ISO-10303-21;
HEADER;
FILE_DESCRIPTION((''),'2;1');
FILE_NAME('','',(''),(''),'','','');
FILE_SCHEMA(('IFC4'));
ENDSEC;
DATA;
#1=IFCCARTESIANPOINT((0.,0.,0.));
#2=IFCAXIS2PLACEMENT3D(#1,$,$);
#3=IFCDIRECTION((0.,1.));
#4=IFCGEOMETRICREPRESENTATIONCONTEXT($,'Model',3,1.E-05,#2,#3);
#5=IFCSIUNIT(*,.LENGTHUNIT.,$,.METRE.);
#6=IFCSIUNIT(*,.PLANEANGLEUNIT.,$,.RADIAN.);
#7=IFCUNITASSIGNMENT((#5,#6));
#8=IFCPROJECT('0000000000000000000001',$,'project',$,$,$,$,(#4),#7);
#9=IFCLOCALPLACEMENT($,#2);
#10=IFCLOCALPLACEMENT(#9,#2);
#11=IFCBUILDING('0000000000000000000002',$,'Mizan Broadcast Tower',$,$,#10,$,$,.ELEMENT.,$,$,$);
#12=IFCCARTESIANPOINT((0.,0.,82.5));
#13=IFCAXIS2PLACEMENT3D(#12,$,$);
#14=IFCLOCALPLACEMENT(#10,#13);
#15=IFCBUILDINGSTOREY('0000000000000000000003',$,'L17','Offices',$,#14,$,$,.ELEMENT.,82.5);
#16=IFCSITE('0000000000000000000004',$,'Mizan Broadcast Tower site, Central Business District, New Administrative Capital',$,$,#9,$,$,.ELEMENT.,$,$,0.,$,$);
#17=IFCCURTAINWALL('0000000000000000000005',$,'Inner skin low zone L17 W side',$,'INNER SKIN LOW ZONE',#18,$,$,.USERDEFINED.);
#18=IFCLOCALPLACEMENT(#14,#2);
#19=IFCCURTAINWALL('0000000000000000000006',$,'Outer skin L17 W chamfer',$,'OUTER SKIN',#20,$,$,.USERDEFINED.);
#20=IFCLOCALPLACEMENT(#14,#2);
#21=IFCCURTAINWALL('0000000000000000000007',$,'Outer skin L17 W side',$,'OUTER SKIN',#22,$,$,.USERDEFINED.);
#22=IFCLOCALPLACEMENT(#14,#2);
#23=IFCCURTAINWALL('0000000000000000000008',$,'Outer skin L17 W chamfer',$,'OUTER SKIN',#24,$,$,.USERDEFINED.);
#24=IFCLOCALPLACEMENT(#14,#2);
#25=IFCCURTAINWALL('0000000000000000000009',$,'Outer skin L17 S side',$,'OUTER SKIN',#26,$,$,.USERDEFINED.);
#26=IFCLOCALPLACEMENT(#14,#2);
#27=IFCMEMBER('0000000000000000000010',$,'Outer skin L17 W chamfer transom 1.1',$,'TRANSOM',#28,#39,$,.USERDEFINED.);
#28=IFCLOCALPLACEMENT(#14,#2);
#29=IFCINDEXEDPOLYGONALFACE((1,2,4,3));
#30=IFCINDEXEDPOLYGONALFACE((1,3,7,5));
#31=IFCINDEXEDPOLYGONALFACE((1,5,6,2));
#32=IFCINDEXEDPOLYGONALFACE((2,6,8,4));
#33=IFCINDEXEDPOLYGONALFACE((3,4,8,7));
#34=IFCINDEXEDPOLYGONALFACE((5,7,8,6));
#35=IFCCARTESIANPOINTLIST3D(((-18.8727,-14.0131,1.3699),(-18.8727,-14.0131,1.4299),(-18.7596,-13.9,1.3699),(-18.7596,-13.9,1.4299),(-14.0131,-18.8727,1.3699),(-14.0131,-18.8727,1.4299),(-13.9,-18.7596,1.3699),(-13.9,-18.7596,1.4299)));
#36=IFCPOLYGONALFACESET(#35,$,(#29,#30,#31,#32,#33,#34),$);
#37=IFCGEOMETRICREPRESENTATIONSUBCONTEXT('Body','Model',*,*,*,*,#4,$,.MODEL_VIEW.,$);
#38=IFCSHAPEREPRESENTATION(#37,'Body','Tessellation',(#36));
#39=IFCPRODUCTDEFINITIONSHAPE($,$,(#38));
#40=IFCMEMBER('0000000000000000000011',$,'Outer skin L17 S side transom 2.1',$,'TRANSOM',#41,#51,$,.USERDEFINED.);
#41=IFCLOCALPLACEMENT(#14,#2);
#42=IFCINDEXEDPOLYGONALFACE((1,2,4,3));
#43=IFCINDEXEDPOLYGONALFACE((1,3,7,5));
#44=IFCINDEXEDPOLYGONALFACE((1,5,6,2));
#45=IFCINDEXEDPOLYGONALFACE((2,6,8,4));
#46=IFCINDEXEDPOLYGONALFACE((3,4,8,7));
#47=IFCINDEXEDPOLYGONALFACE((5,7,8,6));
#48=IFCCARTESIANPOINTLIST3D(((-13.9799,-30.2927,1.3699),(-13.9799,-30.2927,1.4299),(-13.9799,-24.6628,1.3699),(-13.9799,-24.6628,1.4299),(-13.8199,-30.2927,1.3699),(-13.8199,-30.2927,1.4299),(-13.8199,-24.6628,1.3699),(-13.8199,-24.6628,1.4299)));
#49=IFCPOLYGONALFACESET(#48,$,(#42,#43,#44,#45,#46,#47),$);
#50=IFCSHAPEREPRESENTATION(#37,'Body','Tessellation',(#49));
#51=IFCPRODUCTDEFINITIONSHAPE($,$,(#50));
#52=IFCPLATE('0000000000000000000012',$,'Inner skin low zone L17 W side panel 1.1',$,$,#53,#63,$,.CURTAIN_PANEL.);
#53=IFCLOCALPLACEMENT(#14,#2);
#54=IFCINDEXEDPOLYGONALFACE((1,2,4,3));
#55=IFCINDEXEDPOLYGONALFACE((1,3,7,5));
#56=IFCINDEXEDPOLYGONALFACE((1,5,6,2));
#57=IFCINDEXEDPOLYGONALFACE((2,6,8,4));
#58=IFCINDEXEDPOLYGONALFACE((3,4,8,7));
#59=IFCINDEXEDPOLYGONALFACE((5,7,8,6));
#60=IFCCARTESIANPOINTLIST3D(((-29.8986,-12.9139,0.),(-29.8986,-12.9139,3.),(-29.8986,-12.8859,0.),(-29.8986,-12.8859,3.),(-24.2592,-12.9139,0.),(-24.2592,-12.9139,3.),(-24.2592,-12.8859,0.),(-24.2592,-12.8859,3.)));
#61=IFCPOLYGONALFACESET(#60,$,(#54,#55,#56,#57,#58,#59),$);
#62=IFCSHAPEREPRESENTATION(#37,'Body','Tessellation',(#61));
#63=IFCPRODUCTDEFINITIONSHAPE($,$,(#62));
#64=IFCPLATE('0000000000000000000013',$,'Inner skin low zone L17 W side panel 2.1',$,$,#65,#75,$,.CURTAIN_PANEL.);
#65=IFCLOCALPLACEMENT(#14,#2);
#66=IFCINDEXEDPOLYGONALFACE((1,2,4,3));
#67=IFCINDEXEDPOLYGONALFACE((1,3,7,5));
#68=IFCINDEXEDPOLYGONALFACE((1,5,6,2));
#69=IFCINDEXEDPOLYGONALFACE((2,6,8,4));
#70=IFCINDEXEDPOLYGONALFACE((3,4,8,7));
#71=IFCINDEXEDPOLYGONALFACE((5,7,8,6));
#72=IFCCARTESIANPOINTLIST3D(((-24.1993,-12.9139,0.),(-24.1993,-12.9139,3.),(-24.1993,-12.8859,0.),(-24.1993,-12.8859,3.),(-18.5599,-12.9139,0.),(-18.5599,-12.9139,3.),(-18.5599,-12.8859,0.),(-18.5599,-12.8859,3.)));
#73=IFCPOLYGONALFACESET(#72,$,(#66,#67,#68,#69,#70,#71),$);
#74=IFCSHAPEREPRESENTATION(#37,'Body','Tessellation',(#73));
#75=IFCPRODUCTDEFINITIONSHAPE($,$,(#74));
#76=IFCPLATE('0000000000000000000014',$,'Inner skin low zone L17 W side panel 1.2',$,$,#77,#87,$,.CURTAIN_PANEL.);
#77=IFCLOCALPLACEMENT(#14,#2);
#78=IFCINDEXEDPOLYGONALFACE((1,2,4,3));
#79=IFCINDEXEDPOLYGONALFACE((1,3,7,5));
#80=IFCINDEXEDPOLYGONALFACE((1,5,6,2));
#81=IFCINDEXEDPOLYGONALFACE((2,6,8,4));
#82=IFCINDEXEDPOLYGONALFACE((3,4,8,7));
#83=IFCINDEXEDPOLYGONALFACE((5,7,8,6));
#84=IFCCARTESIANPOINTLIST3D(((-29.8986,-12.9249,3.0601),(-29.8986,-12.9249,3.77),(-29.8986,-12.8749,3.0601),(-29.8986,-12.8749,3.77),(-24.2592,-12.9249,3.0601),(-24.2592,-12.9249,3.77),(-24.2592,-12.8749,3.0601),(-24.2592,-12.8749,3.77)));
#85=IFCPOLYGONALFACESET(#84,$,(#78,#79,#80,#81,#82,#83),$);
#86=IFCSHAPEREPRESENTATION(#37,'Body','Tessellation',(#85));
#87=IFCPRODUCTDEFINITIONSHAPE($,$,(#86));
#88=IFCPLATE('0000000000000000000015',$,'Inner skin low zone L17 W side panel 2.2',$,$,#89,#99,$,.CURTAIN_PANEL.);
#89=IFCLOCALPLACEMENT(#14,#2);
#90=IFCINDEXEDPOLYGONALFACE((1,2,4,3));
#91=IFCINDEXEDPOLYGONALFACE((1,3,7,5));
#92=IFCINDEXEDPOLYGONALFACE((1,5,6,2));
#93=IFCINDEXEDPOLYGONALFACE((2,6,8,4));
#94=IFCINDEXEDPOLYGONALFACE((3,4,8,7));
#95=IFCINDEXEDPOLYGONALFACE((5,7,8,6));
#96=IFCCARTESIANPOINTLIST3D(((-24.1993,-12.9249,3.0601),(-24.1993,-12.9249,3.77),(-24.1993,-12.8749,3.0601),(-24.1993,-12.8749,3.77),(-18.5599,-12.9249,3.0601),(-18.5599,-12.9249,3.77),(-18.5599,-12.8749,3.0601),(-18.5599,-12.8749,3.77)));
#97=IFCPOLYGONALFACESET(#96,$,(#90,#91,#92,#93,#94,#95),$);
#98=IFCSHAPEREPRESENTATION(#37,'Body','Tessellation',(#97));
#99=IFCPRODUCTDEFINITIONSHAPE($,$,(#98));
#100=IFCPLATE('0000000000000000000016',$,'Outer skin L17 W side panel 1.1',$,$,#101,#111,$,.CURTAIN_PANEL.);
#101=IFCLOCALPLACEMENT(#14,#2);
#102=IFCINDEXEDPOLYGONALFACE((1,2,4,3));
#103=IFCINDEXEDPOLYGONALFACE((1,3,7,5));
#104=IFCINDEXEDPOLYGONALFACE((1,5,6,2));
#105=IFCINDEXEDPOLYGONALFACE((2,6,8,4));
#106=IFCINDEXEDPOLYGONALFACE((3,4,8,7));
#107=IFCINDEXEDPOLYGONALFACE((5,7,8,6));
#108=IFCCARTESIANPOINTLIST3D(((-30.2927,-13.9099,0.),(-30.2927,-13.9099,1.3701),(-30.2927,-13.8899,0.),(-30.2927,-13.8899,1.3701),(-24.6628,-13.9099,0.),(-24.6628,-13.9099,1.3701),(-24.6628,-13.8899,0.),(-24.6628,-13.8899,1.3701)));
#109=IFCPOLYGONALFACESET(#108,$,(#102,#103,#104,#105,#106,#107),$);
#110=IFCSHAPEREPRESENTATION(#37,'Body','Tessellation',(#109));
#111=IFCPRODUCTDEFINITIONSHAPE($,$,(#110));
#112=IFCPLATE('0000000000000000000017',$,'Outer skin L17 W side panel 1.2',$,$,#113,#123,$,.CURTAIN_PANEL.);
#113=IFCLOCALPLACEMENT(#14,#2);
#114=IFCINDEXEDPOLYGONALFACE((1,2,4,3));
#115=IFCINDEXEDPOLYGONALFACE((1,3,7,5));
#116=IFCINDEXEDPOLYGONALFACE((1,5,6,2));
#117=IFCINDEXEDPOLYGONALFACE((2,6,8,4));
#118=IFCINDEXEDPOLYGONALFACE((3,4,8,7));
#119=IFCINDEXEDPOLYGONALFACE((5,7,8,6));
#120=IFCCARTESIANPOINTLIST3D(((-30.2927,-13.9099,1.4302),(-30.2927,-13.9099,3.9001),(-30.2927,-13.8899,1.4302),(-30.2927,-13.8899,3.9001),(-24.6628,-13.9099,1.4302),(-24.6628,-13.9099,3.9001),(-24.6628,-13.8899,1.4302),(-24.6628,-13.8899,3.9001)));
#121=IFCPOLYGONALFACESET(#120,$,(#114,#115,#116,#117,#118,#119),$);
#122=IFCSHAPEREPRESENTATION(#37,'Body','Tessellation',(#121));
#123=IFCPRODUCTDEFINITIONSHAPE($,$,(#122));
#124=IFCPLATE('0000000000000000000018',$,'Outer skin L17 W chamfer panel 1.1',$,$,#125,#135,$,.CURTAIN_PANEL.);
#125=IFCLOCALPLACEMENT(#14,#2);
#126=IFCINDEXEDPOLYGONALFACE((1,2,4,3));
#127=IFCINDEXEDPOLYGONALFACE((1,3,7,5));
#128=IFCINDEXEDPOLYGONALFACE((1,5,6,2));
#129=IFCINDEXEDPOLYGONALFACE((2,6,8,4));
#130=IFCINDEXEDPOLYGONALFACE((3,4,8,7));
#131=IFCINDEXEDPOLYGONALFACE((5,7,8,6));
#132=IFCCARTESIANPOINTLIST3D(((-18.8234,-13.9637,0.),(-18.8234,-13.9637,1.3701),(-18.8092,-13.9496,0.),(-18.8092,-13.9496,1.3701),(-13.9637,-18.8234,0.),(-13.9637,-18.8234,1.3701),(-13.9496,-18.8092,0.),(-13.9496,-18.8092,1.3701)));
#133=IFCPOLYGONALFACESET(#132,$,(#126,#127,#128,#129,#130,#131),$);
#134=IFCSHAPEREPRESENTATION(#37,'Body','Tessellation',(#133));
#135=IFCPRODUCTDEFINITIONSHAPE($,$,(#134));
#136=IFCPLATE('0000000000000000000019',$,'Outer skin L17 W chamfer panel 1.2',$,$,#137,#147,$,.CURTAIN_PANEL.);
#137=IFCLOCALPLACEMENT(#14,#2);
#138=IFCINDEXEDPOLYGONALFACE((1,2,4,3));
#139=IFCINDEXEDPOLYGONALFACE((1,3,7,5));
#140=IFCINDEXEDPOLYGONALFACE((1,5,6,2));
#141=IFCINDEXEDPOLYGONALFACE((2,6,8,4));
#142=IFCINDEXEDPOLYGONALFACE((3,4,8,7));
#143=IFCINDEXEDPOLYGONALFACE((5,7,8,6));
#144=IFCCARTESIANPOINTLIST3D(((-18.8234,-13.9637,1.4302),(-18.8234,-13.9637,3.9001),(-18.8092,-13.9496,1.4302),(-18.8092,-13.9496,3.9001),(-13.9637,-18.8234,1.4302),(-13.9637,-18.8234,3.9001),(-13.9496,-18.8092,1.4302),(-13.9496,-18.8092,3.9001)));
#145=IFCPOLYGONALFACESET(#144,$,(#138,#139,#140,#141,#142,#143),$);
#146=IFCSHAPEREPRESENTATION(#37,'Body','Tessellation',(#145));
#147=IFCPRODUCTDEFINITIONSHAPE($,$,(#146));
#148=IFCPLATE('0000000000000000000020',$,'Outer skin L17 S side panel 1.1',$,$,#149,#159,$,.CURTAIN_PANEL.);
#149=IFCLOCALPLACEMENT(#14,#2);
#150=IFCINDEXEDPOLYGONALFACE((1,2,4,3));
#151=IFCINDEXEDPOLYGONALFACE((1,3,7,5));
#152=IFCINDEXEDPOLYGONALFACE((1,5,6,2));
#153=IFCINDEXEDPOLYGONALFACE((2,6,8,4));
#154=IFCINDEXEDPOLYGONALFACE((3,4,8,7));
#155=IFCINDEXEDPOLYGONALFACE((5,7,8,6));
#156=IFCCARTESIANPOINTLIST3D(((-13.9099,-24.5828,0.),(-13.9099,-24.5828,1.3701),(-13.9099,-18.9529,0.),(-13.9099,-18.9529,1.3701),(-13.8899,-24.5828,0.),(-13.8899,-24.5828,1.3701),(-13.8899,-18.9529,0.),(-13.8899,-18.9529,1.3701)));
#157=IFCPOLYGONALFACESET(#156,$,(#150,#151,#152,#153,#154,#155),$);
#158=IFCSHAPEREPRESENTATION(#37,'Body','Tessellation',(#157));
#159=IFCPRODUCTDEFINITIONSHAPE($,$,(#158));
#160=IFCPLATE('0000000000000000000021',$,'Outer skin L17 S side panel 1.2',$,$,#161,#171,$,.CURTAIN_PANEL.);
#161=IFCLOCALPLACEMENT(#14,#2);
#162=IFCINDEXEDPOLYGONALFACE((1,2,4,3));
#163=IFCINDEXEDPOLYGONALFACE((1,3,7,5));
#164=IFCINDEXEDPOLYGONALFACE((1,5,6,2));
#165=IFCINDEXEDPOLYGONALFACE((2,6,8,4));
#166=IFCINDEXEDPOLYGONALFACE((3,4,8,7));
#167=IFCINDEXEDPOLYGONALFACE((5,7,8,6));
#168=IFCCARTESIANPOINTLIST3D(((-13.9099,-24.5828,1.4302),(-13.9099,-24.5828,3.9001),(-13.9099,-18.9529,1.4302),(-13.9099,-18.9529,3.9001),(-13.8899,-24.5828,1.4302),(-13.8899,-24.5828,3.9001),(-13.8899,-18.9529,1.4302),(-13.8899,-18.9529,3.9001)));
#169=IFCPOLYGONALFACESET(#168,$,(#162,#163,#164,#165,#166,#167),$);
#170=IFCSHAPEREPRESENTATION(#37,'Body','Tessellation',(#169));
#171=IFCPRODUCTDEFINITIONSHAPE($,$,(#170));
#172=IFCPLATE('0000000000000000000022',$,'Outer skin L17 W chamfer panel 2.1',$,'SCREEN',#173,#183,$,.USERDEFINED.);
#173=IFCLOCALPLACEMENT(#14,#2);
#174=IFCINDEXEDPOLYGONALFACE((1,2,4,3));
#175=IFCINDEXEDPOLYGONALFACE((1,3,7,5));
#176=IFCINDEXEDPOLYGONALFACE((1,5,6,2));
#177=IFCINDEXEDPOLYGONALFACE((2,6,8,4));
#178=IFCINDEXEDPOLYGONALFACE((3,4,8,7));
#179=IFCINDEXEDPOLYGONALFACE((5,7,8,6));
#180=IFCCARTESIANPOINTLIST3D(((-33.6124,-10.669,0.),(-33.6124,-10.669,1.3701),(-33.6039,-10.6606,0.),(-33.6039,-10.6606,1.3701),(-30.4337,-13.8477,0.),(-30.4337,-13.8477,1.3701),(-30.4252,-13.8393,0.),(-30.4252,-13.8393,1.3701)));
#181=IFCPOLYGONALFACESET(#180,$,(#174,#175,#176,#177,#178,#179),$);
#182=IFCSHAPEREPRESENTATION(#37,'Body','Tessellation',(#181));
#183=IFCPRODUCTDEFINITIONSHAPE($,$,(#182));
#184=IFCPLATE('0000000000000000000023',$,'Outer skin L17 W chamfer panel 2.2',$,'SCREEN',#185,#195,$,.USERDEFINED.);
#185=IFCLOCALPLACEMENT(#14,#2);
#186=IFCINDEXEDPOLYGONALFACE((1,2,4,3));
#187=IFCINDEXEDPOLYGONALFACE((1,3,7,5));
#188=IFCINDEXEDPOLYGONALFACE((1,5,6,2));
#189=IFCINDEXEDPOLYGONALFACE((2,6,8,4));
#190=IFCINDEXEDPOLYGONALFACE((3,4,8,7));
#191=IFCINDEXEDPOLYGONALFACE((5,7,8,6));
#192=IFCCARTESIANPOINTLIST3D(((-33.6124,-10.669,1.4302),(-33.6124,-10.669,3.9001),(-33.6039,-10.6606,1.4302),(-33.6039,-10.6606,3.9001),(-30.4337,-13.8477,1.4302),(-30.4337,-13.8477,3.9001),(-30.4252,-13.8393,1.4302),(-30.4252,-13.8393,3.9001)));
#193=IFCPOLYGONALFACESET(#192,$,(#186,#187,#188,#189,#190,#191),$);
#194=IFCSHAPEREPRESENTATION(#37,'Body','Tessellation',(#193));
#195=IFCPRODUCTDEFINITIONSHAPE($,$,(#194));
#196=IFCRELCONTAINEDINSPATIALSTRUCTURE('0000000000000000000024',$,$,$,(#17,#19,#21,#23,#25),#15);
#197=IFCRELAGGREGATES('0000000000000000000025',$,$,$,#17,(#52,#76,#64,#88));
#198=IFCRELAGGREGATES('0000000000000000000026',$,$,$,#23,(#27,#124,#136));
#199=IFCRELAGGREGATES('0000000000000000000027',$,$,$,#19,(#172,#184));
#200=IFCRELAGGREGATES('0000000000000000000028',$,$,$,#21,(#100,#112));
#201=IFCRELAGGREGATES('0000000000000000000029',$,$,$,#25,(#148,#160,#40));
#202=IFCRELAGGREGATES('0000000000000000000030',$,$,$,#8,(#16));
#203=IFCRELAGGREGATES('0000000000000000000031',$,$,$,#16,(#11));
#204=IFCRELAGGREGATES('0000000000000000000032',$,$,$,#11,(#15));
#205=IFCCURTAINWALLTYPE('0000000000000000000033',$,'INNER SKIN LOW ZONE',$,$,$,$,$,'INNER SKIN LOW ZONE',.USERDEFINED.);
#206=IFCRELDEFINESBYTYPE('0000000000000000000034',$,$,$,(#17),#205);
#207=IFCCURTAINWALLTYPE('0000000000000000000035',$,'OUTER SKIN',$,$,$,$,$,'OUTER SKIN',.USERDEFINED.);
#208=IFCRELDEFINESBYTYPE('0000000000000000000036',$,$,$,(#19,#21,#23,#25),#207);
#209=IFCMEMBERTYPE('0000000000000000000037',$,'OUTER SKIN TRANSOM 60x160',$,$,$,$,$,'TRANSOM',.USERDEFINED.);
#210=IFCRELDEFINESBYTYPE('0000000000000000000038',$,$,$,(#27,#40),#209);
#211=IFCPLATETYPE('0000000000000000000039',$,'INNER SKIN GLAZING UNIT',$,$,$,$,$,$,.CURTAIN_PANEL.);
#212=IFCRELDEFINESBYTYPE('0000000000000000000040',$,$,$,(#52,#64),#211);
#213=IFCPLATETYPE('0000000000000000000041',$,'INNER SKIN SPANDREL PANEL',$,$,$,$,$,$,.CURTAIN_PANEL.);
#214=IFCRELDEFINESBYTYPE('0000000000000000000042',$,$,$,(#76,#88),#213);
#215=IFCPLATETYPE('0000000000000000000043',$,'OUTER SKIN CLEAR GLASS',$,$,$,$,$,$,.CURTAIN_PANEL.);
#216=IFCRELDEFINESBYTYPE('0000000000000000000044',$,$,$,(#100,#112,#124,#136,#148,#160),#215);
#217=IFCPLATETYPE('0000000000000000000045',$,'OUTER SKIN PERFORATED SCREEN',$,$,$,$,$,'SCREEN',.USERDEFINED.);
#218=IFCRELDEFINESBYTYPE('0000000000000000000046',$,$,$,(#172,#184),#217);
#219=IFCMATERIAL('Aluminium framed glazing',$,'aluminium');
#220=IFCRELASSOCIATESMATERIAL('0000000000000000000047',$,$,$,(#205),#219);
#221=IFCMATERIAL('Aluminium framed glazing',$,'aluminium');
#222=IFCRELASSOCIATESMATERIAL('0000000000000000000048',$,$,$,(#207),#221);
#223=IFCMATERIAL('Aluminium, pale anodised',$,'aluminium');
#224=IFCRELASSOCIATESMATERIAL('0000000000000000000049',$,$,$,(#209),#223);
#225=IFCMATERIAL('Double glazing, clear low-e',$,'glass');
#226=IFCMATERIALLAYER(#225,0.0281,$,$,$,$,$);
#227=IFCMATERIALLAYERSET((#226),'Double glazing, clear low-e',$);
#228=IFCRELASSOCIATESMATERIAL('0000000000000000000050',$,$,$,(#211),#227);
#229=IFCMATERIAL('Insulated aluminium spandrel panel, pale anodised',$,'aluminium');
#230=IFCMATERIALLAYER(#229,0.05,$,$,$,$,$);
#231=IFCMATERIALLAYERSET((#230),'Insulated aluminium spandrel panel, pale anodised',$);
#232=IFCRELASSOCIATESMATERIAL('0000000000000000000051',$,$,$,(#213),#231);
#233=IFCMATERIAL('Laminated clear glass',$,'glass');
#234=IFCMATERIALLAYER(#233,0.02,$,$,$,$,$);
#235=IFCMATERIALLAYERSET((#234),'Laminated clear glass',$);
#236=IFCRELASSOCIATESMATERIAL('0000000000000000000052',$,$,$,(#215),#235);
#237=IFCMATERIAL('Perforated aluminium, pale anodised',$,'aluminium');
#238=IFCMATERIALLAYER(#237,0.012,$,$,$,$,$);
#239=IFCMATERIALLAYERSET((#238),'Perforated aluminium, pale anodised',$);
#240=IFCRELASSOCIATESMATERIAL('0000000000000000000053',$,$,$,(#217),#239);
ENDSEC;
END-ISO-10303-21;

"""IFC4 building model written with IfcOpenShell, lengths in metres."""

from ifc_helpers import new_model, si_unit, direction, frame, origin, origin_2d, place, context, subcontext, project, spatial, rectangle, extrude, material, layer, layer_set, material_profile, profile_set, type_object, element, aggregate, save


model = new_model("IFC4")

# Units and contexts
model_context = context("Model", 3, precision=1e-05, world=origin(), true_north=direction((0.0, 1.0)))
body_context = subcontext(model_context, "Body", "Model", "MODEL_VIEW")
ifc_project = project(units=[si_unit("LENGTHUNIT", "METRE"), si_unit("PLANEANGLEUNIT", "RADIAN")], contexts=[model_context])

# Site, building, storey
site_placement = place(None, origin())
site = spatial("IfcSite", under=ifc_project, at=site_placement, Name="Mizan Broadcast Tower site, Central Business District, New Administrative Capital", CompositionType="ELEMENT", RefElevation=0.0)
building_placement = place(site_placement, origin())
building = spatial("IfcBuilding", under=site, at=building_placement, Name="Mizan Broadcast Tower", CompositionType="ELEMENT")
storey_placement = place(building_placement, frame((0.0, 0.0, 82.5)))
storey = spatial("IfcBuildingStorey", under=building, at=storey_placement, Name="L17", Description="Offices", CompositionType="ELEMENT", Elevation=82.5)

# Shared definitions
ifc_material_1 = material(Name="Aluminium framed glazing", Category="aluminium")
curtain_wall_type_1 = type_object("IfcCurtainWallType", Name="INNER SKIN LOW ZONE", ElementType="INNER SKIN LOW ZONE", PredefinedType="USERDEFINED", material=ifc_material_1)

# Curtain wall
curtain_wall_1_placement = place(storey_placement, origin())
curtain_wall_1 = element("IfcCurtainWall", 1, at=curtain_wall_1_placement, inside=storey, type_object=curtain_wall_type_1, Name="Inner skin low zone L17 W side", ObjectType="INNER SKIN LOW ZONE", PredefinedType="USERDEFINED")

# Curtain wall
ifc_material_2 = material(Name="Aluminium framed glazing", Category="aluminium")
curtain_wall_type_2 = type_object("IfcCurtainWallType", Name="OUTER SKIN", ElementType="OUTER SKIN", PredefinedType="USERDEFINED", material=ifc_material_2)
curtain_wall_2_placement = place(storey_placement, origin())
curtain_wall_2 = element("IfcCurtainWall", 2, at=curtain_wall_2_placement, inside=storey, type_object=curtain_wall_type_2, Name="Outer skin L17 W chamfer", ObjectType="OUTER SKIN", PredefinedType="USERDEFINED")

# Curtain wall
curtain_wall_3_placement = place(storey_placement, origin())
curtain_wall_3 = element("IfcCurtainWall", 3, at=curtain_wall_3_placement, inside=storey, type_object=curtain_wall_type_2, Name="Outer skin L17 W side", ObjectType="OUTER SKIN", PredefinedType="USERDEFINED")

# Curtain wall
curtain_wall_4_placement = place(storey_placement, origin())
curtain_wall_4 = element("IfcCurtainWall", 4, at=curtain_wall_4_placement, inside=storey, type_object=curtain_wall_type_2, Name="Outer skin L17 W chamfer", ObjectType="OUTER SKIN", PredefinedType="USERDEFINED")

# Curtain wall
curtain_wall_5_placement = place(storey_placement, origin())
curtain_wall_5 = element("IfcCurtainWall", 5, at=curtain_wall_5_placement, inside=storey, type_object=curtain_wall_type_2, Name="Outer skin L17 S side", ObjectType="OUTER SKIN", PredefinedType="USERDEFINED")

# Members
ifc_material_3 = material(Name="Aluminium, pale anodised", Category="aluminium")
ifc_material_profile_1 = material_profile(ifc_material_3, rectangle(XDim=0.1599, YDim=0.0601, at=origin_2d()), Name="TRANSOM 160x60")
ifc_profile_set_1 = profile_set([ifc_material_profile_1], Name="Aluminium, pale anodised")
member_type_1 = type_object("IfcMemberType", Name="OUTER SKIN TRANSOM 60x160", ElementType="TRANSOM", PredefinedType="USERDEFINED", material=ifc_profile_set_1)
member_1_placement = place(storey_placement, frame((-18.8162, -13.9565, 1.3999), z_axis=(0.707107, -0.707107, 0.0), x_axis=(0.707107, 0.707107, 0.0)))
member_1 = element("IfcMember", 6, at=member_1_placement, type_object=member_type_1, Name="Outer skin L17 W chamfer transom 1.1", ObjectType="TRANSOM", PredefinedType="USERDEFINED", context=body_context, shape_type="SweptSolid", body=[
    extrude(rectangle(XDim=0.1599, YDim=0.0601, at=origin_2d()), origin(), (0.0, 0.0, 1.0), 6.8726),
])
member_2_placement = place(storey_placement, frame((-13.8999, -24.6628, 1.3999), z_axis=(0.0, -1.0, 0.0), x_axis=(1.0, 0.0, 0.0)))
member_2 = element("IfcMember", 7, at=member_2_placement, type_object=member_type_1, Name="Outer skin L17 S side transom 2.1", ObjectType="TRANSOM", PredefinedType="USERDEFINED", context=body_context, shape_type="SweptSolid", body=[
    extrude(rectangle(XDim=0.1599, YDim=0.0601, at=origin_2d()), origin(), (0.0, 0.0, 1.0), 5.6299),
])

# Plates
ifc_material_4 = material(Name="Double glazing, clear low-e", Category="glass")
ifc_layer_1 = layer(ifc_material_4, 0.0281)
ifc_layer_set_1 = layer_set([ifc_layer_1], Name="Double glazing, clear low-e")
plate_type_1 = type_object("IfcPlateType", Name="INNER SKIN GLAZING UNIT", PredefinedType="CURTAIN_PANEL", material=ifc_layer_set_1)
plate_1_placement = place(storey_placement, frame((-27.0789, -12.8999, 0.0), z_axis=(0.0, 0.0, 1.0), x_axis=(1.0, 0.0, 0.0)))
plate_1 = element("IfcPlate", 8, at=plate_1_placement, type_object=plate_type_1, Name="Inner skin low zone L17 W side panel 1.1", PredefinedType="CURTAIN_PANEL", context=body_context, shape_type="SweptSolid", body=[
    extrude(rectangle(XDim=5.6394, YDim=0.0281, at=origin_2d()), origin(), (0.0, 0.0, 1.0), 3.0),
])
plate_2_placement = place(storey_placement, frame((-21.3796, -12.8999, 0.0), z_axis=(0.0, 0.0, 1.0), x_axis=(1.0, 0.0, 0.0)))
plate_2 = element("IfcPlate", 9, at=plate_2_placement, type_object=plate_type_1, Name="Inner skin low zone L17 W side panel 2.1", PredefinedType="CURTAIN_PANEL", context=body_context, shape_type="SweptSolid", body=[
    extrude(rectangle(XDim=5.6394, YDim=0.0281, at=origin_2d()), origin(), (0.0, 0.0, 1.0), 3.0),
])
ifc_material_5 = material(Name="Insulated aluminium spandrel panel, pale anodised", Category="aluminium")
ifc_layer_2 = layer(ifc_material_5, 0.05)
ifc_layer_set_2 = layer_set([ifc_layer_2], Name="Insulated aluminium spandrel panel, pale anodised")
plate_type_2 = type_object("IfcPlateType", Name="INNER SKIN SPANDREL PANEL", PredefinedType="CURTAIN_PANEL", material=ifc_layer_set_2)
plate_3_placement = place(storey_placement, frame((-27.0789, -12.8999, 3.0601), z_axis=(0.0, 0.0, 1.0), x_axis=(1.0, 0.0, 0.0)))
plate_3 = element("IfcPlate", 10, at=plate_3_placement, type_object=plate_type_2, Name="Inner skin low zone L17 W side panel 1.2", PredefinedType="CURTAIN_PANEL", context=body_context, shape_type="SweptSolid", body=[
    extrude(rectangle(XDim=5.6394, YDim=0.05, at=origin_2d()), origin(), (0.0, 0.0, 1.0), 0.71),
])
plate_4_placement = place(storey_placement, frame((-21.3796, -12.8999, 3.0601), z_axis=(0.0, 0.0, 1.0), x_axis=(1.0, 0.0, 0.0)))
plate_4 = element("IfcPlate", 11, at=plate_4_placement, type_object=plate_type_2, Name="Inner skin low zone L17 W side panel 2.2", PredefinedType="CURTAIN_PANEL", context=body_context, shape_type="SweptSolid", body=[
    extrude(rectangle(XDim=5.6394, YDim=0.05, at=origin_2d()), origin(), (0.0, 0.0, 1.0), 0.71),
])
aggregate(curtain_wall_1, [plate_1, plate_3, plate_2, plate_4])
ifc_material_6 = material(Name="Laminated clear glass", Category="glass")
ifc_layer_3 = layer(ifc_material_6, 0.02)
ifc_layer_set_3 = layer_set([ifc_layer_3], Name="Laminated clear glass")
plate_type_3 = type_object("IfcPlateType", Name="OUTER SKIN CLEAR GLASS", PredefinedType="CURTAIN_PANEL", material=ifc_layer_set_3)
plate_5_placement = place(storey_placement, frame((-27.4778, -13.8999, 0.0), z_axis=(0.0, 0.0, 1.0), x_axis=(1.0, 0.0, 0.0)))
plate_5 = element("IfcPlate", 12, at=plate_5_placement, type_object=plate_type_3, Name="Outer skin L17 W side panel 1.1", PredefinedType="CURTAIN_PANEL", context=body_context, shape_type="SweptSolid", body=[
    extrude(rectangle(XDim=5.6299, YDim=0.02, at=origin_2d()), origin(), (0.0, 0.0, 1.0), 1.3701),
])
plate_6_placement = place(storey_placement, frame((-27.4778, -13.8999, 1.4302), z_axis=(0.0, 0.0, 1.0), x_axis=(1.0, 0.0, 0.0)))
plate_6 = element("IfcPlate", 13, at=plate_6_placement, type_object=plate_type_3, Name="Outer skin L17 W side panel 1.2", PredefinedType="CURTAIN_PANEL", context=body_context, shape_type="SweptSolid", body=[
    extrude(rectangle(XDim=5.6299, YDim=0.02, at=origin_2d()), origin(), (0.0, 0.0, 1.0), 2.47),
])
plate_7_placement = place(storey_placement, frame((-16.3865, -16.3865, 0.0), z_axis=(0.0, 0.0, 1.0), x_axis=(0.707107, -0.707107, 0.0)))
plate_7 = element("IfcPlate", 14, at=plate_7_placement, type_object=plate_type_3, Name="Outer skin L17 W chamfer panel 1.1", PredefinedType="CURTAIN_PANEL", context=body_context, shape_type="SweptSolid", body=[
    extrude(rectangle(XDim=6.8726, YDim=0.02, at=origin_2d()), origin(), (0.0, 0.0, 1.0), 1.3701),
])
plate_8_placement = place(storey_placement, frame((-16.3865, -16.3865, 1.4302), z_axis=(0.0, 0.0, 1.0), x_axis=(0.707107, -0.707107, 0.0)))
plate_8 = element("IfcPlate", 15, at=plate_8_placement, type_object=plate_type_3, Name="Outer skin L17 W chamfer panel 1.2", PredefinedType="CURTAIN_PANEL", context=body_context, shape_type="SweptSolid", body=[
    extrude(rectangle(XDim=6.8726, YDim=0.02, at=origin_2d()), origin(), (0.0, 0.0, 1.0), 2.47),
])
aggregate(curtain_wall_4, [member_1, plate_7, plate_8])
plate_9_placement = place(storey_placement, frame((-13.8999, -21.7678, 0.0), z_axis=(0.0, 0.0, 1.0), x_axis=(0.0, -1.0, 0.0)))
plate_9 = element("IfcPlate", 16, at=plate_9_placement, type_object=plate_type_3, Name="Outer skin L17 S side panel 1.1", PredefinedType="CURTAIN_PANEL", context=body_context, shape_type="SweptSolid", body=[
    extrude(rectangle(XDim=5.6299, YDim=0.02, at=origin_2d()), origin(), (0.0, 0.0, 1.0), 1.3701),
])
plate_10_placement = place(storey_placement, frame((-13.8999, -21.7678, 1.4302), z_axis=(0.0, 0.0, 1.0), x_axis=(0.0, -1.0, 0.0)))
plate_10 = element("IfcPlate", 17, at=plate_10_placement, type_object=plate_type_3, Name="Outer skin L17 S side panel 1.2", PredefinedType="CURTAIN_PANEL", context=body_context, shape_type="SweptSolid", body=[
    extrude(rectangle(XDim=5.6299, YDim=0.02, at=origin_2d()), origin(), (0.0, 0.0, 1.0), 2.47),
])
ifc_material_7 = material(Name="Perforated aluminium, pale anodised", Category="aluminium")
ifc_layer_4 = layer(ifc_material_7, 0.012)
ifc_layer_set_4 = layer_set([ifc_layer_4], Name="Perforated aluminium, pale anodised")
plate_type_4 = type_object("IfcPlateType", Name="OUTER SKIN PERFORATED SCREEN", ElementType="SCREEN", PredefinedType="USERDEFINED", material=ifc_layer_set_4)
plate_11_placement = place(storey_placement, frame((-32.0188, -12.2542, 0.0), z_axis=(0.0, 0.0, 1.0), x_axis=(0.707107, -0.707107, 0.0)))
plate_11 = element("IfcPlate", 18, at=plate_11_placement, type_object=plate_type_4, Name="Outer skin L17 W chamfer panel 2.1", ObjectType="SCREEN", PredefinedType="USERDEFINED", context=body_context, shape_type="SweptSolid", body=[
    extrude(rectangle(XDim=4.4954, YDim=0.012, at=origin_2d()), origin(), (0.0, 0.0, 1.0), 1.3701),
])
plate_12_placement = place(storey_placement, frame((-32.0188, -12.2542, 1.4302), z_axis=(0.0, 0.0, 1.0), x_axis=(0.707107, -0.707107, 0.0)))
plate_12 = element("IfcPlate", 19, at=plate_12_placement, type_object=plate_type_4, Name="Outer skin L17 W chamfer panel 2.2", ObjectType="SCREEN", PredefinedType="USERDEFINED", context=body_context, shape_type="SweptSolid", body=[
    extrude(rectangle(XDim=4.4954, YDim=0.012, at=origin_2d()), origin(), (0.0, 0.0, 1.0), 2.47),
])
aggregate(curtain_wall_2, [plate_11, plate_12])
aggregate(curtain_wall_3, [plate_5, plate_6])
aggregate(curtain_wall_5, [plate_9, plate_10, member_2])

save(model, "model.ifc")
